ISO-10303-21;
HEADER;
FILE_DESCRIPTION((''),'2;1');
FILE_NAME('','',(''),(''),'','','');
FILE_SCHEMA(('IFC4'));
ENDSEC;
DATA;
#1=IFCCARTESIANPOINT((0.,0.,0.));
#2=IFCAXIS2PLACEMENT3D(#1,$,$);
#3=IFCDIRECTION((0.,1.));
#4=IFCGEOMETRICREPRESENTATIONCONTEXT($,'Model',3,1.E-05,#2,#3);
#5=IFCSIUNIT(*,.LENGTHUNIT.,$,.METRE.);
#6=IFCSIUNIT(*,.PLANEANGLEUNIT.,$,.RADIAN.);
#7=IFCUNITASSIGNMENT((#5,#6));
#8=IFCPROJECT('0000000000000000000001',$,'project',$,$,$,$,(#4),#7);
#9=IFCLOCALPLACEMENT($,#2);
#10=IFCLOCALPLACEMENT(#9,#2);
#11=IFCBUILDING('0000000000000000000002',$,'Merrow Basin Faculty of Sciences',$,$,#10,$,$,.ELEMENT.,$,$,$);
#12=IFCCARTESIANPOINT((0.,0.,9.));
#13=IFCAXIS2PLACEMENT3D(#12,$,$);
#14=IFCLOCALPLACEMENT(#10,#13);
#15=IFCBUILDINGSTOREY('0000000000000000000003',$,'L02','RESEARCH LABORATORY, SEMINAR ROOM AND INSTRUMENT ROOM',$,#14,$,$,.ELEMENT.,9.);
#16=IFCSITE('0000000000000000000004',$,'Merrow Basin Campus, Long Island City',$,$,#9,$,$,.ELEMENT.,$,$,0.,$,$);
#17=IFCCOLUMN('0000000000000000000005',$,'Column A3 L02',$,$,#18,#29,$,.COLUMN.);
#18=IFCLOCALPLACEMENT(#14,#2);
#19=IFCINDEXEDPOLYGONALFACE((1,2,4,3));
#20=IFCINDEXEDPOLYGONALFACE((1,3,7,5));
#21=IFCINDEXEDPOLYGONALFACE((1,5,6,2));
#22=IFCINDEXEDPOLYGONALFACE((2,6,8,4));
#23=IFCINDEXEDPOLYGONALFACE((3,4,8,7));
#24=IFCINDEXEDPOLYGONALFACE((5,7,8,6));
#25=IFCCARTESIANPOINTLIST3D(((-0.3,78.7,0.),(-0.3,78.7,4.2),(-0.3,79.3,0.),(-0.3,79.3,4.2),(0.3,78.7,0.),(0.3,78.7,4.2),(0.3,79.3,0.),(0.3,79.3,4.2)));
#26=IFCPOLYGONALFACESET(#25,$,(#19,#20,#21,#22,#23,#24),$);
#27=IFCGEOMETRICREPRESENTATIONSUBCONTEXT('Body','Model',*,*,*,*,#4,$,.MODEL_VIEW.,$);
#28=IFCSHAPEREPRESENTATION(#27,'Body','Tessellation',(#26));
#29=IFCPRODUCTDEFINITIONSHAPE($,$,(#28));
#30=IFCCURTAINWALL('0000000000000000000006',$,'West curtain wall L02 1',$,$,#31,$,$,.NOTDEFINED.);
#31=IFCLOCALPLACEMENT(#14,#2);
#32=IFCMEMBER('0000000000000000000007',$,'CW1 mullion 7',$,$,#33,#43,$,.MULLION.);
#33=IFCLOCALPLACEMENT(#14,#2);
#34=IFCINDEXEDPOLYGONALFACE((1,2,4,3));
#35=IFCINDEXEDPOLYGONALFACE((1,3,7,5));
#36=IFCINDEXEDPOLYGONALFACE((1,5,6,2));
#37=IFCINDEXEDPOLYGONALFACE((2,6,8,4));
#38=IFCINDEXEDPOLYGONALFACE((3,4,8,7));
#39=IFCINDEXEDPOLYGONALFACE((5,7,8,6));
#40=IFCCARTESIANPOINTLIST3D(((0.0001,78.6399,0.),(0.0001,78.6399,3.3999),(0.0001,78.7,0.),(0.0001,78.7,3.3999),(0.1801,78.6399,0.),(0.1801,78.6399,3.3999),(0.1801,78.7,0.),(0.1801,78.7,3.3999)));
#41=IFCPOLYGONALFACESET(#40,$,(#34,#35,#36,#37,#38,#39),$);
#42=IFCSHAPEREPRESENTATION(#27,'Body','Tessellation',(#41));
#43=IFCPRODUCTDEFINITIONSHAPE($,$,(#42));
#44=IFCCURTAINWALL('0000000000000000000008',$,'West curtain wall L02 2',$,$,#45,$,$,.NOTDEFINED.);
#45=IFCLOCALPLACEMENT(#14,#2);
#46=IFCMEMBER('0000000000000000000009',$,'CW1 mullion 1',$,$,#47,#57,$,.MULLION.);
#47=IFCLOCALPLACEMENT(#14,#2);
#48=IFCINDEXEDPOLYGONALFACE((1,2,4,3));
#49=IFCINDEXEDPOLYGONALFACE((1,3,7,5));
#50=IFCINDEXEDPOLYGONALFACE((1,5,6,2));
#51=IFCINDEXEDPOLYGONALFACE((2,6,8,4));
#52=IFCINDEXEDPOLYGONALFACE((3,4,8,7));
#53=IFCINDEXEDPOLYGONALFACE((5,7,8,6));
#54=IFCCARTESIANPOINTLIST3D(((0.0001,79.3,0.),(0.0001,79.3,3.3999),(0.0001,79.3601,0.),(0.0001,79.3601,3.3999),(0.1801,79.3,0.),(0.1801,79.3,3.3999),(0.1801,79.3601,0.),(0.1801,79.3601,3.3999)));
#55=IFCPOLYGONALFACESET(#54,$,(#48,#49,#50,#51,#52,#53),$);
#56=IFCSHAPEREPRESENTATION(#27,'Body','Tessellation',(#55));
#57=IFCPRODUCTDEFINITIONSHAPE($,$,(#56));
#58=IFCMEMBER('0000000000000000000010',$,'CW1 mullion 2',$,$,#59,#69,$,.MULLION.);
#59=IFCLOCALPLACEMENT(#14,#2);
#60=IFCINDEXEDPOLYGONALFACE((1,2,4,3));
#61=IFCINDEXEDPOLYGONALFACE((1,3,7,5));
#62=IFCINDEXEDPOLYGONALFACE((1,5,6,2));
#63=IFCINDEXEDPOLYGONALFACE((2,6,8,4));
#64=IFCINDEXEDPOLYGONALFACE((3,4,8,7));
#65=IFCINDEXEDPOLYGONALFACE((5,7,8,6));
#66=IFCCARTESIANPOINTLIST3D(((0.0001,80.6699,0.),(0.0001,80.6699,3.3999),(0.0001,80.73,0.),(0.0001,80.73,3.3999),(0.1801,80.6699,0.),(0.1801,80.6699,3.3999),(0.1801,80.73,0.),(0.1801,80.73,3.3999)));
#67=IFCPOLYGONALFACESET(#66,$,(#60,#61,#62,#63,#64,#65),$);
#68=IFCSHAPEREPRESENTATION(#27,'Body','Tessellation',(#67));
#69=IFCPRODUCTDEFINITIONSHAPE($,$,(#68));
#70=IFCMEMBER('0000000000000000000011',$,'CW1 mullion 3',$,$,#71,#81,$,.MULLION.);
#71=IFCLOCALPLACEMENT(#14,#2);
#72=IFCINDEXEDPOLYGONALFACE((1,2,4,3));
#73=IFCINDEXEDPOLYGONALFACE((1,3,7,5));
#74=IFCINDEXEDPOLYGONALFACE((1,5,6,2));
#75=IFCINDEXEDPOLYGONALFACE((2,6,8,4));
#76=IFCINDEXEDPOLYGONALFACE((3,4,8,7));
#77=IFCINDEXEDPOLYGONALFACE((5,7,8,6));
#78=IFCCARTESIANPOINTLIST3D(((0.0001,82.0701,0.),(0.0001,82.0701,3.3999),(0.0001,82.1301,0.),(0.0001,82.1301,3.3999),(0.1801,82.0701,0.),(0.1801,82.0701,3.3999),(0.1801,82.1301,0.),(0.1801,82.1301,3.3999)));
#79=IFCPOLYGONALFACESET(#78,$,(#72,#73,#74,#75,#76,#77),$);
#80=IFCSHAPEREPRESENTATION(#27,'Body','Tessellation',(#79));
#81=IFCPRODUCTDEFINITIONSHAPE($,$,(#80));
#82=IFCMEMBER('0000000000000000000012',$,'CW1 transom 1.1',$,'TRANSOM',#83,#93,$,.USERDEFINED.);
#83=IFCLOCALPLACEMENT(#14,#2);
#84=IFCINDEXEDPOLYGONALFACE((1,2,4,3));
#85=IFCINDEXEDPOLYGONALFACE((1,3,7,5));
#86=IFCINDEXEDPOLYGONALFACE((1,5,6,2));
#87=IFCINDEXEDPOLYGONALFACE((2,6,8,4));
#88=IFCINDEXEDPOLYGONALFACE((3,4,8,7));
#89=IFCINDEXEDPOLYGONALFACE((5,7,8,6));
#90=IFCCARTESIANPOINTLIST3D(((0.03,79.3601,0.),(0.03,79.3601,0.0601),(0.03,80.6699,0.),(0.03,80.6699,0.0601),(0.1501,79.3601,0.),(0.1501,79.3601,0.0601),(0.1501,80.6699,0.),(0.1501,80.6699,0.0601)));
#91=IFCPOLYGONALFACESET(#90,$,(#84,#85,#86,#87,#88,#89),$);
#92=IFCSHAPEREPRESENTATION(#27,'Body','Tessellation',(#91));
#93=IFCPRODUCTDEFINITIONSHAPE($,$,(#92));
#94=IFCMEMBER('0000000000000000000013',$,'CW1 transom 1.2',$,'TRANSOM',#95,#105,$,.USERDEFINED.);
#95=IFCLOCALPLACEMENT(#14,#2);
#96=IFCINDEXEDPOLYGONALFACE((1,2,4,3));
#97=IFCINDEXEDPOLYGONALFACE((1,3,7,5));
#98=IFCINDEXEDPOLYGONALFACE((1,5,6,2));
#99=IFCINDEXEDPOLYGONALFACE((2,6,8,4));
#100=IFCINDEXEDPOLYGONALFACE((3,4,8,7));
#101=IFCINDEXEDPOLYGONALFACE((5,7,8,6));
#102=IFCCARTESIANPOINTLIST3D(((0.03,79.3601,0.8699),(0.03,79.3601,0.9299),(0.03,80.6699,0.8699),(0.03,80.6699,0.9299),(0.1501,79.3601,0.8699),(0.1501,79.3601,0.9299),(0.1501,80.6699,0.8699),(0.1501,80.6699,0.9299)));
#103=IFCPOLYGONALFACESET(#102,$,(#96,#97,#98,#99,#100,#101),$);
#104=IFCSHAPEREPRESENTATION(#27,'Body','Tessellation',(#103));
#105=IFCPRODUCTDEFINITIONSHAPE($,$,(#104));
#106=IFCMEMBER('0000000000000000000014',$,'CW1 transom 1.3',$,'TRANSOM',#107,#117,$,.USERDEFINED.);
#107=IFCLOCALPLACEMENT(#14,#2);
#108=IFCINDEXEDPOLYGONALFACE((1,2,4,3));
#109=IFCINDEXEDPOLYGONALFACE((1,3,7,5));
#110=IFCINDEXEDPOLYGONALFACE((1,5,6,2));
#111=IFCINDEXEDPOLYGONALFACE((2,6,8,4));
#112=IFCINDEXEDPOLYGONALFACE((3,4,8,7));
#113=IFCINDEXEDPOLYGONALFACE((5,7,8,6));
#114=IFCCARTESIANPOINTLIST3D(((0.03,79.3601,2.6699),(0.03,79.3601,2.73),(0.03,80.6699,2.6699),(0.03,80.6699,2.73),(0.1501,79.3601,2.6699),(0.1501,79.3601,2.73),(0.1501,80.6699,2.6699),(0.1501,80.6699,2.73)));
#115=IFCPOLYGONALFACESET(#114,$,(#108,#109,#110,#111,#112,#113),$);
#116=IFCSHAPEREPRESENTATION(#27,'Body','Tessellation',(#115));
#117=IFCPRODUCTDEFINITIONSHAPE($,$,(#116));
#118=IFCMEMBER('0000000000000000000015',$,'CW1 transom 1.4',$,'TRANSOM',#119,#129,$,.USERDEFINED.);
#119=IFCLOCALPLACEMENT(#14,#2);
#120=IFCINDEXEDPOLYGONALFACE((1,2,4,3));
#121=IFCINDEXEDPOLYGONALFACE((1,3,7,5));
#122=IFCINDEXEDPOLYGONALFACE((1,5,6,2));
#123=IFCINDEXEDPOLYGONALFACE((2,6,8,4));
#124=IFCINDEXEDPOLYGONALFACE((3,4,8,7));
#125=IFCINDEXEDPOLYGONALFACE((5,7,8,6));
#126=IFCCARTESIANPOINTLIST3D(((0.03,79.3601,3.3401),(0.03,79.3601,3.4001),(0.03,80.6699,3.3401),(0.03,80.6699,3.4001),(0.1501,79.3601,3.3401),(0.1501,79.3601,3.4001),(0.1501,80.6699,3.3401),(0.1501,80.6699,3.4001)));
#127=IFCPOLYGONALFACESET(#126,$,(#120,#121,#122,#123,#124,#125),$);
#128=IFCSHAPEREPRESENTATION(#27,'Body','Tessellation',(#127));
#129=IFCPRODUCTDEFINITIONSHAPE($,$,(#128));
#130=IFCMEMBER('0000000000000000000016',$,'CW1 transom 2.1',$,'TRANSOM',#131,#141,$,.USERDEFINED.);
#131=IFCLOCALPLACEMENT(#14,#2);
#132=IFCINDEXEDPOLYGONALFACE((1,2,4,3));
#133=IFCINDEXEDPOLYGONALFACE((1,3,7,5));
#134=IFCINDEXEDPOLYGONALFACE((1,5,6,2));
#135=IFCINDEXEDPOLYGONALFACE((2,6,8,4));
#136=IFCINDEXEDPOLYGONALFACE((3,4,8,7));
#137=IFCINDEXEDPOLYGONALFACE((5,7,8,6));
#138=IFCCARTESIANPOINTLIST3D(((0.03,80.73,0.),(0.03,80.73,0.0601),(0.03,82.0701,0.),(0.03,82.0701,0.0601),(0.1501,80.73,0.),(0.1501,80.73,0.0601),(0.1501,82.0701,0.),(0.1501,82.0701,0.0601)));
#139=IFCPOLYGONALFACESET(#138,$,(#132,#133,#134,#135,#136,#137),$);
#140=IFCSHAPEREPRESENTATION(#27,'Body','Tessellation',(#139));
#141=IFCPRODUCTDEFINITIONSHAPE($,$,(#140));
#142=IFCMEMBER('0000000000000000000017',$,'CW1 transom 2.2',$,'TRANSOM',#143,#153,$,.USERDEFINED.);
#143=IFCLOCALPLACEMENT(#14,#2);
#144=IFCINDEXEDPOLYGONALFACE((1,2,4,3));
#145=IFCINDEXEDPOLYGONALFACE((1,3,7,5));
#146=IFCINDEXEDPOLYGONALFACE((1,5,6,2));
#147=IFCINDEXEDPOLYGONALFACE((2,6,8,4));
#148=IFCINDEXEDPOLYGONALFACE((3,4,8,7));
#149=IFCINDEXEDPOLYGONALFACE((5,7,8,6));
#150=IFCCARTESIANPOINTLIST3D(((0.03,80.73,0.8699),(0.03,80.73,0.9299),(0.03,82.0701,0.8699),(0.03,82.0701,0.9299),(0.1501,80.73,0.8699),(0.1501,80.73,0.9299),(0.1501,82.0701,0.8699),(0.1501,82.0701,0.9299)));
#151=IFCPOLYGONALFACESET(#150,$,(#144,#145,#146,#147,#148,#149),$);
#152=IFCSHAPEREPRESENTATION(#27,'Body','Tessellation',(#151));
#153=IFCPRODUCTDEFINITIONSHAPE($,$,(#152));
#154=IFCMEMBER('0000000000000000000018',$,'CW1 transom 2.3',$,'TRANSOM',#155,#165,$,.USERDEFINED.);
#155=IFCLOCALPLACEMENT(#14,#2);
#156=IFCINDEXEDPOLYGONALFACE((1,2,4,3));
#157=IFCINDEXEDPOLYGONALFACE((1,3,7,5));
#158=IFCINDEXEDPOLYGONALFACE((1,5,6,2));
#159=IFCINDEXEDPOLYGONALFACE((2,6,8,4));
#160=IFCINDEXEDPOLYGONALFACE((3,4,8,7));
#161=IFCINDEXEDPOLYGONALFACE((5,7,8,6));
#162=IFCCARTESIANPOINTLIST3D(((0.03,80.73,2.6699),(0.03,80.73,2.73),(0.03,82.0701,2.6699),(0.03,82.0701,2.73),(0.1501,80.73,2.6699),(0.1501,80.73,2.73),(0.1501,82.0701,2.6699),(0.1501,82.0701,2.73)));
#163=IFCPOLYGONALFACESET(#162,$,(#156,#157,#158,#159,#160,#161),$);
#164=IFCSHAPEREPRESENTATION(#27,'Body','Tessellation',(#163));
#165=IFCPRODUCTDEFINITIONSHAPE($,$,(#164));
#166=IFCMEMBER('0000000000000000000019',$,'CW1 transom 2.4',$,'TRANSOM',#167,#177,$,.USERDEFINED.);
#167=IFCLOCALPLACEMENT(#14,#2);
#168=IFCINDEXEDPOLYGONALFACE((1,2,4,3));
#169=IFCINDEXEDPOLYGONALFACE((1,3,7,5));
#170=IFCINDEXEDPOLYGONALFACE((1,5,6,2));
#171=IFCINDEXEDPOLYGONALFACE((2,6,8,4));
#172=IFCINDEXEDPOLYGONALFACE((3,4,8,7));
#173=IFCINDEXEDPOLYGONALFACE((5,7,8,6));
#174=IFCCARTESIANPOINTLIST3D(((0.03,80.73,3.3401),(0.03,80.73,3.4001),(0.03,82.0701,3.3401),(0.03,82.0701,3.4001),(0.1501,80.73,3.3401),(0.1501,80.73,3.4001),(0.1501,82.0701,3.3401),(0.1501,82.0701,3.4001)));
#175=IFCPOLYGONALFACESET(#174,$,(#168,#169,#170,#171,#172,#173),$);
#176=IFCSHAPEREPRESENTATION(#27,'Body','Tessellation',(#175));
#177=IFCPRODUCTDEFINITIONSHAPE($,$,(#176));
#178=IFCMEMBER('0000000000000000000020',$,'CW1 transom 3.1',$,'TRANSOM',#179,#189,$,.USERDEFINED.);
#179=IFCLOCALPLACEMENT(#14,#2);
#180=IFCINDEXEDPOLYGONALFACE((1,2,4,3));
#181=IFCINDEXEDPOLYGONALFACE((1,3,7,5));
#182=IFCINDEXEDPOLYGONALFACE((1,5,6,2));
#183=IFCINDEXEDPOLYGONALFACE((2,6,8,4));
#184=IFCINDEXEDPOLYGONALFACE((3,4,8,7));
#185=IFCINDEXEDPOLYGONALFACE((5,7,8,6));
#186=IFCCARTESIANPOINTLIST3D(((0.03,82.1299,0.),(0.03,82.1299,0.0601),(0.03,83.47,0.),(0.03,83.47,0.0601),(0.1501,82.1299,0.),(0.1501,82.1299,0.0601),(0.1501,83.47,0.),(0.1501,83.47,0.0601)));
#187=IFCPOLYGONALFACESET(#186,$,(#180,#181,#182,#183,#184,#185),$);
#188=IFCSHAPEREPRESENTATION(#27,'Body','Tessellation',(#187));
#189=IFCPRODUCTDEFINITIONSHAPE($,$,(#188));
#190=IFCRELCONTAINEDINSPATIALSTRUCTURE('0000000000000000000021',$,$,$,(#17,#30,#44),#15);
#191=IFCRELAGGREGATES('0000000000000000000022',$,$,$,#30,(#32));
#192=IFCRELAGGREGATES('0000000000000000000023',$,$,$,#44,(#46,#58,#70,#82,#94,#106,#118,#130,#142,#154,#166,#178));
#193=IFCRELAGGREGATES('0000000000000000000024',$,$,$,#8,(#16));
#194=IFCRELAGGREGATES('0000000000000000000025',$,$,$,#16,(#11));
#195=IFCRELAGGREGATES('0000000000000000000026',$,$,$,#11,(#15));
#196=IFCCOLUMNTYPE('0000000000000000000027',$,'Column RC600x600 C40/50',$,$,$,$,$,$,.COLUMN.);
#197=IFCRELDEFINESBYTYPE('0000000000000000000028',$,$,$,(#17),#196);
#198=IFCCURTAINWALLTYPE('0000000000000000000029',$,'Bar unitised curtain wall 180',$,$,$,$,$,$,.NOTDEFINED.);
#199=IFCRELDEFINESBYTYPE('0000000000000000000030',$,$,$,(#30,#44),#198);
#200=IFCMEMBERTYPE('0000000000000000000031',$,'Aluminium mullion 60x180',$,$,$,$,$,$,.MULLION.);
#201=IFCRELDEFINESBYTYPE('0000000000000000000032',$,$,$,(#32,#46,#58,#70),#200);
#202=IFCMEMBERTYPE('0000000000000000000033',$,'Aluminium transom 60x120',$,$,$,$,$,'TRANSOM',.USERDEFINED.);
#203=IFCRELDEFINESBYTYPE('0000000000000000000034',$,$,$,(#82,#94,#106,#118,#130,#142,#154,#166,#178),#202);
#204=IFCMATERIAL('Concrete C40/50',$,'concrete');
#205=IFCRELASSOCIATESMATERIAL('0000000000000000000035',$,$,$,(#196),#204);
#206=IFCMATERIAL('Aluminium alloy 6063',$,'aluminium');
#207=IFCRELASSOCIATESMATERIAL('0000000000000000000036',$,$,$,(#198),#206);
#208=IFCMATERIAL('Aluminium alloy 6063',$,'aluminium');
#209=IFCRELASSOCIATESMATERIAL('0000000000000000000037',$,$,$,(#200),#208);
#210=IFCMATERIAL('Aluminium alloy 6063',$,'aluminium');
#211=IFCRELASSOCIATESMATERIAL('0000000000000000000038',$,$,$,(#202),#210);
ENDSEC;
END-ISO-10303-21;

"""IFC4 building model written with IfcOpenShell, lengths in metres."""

from ifc_helpers import new_model, si_unit, direction, frame, origin, origin_2d, place, context, subcontext, project, spatial, rectangle, extrude, material, material_profile, profile_set, type_object, element, aggregate, save


model = new_model("IFC4")

# Units and contexts
model_context = context("Model", 3, precision=1e-05, world=origin(), true_north=direction((0.0, 1.0)))
body_context = subcontext(model_context, "Body", "Model", "MODEL_VIEW")
ifc_project = project(units=[si_unit("LENGTHUNIT", "METRE"), si_unit("PLANEANGLEUNIT", "RADIAN")], contexts=[model_context])

# Site, building, storey
site_placement = place(None, origin())
site = spatial("IfcSite", under=ifc_project, at=site_placement, Name="Merrow Basin Campus, Long Island City", CompositionType="ELEMENT", RefElevation=0.0)
building_placement = place(site_placement, origin())
building = spatial("IfcBuilding", under=site, at=building_placement, Name="Merrow Basin Faculty of Sciences", CompositionType="ELEMENT")
storey_placement = place(building_placement, frame((0.0, 0.0, 9.0)))
storey = spatial("IfcBuildingStorey", under=building, at=storey_placement, Name="L02", Description="RESEARCH LABORATORY, SEMINAR ROOM AND INSTRUMENT ROOM", CompositionType="ELEMENT", Elevation=9.0)

# Column
ifc_material_1 = material(Name="Concrete C40/50", Category="concrete")
ifc_material_profile_1 = material_profile(ifc_material_1, rectangle(XDim=0.6001, YDim=0.6001, at=origin_2d()))
ifc_profile_set_1 = profile_set([ifc_material_profile_1], Name="Concrete C40/50")
column_type = type_object("IfcColumnType", Name="Column RC600x600 C40/50", PredefinedType="COLUMN", material=ifc_profile_set_1)
column_placement = place(storey_placement, frame((0.0, 79.0, 0.0), z_axis=(0.0, 0.0, 1.0), x_axis=(1.0, 0.0, 0.0)))
element("IfcColumn", 1, at=column_placement, inside=storey, type_object=column_type, Name="Column A3 L02", PredefinedType="COLUMN", context=body_context, shape_type="SweptSolid", body=[
    extrude(rectangle(XDim=0.6001, YDim=0.6001, at=origin_2d()), origin(), (0.0, 0.0, 1.0), 4.2),
])

# Curtain wall, member
ifc_material_2 = material(Name="Aluminium alloy 6063", Category="aluminium")
curtain_wall_type = type_object("IfcCurtainWallType", Name="Bar unitised curtain wall 180", PredefinedType="NOTDEFINED", material=ifc_material_2)
curtain_wall_1_placement = place(storey_placement, origin())
curtain_wall_1 = element("IfcCurtainWall", 2, at=curtain_wall_1_placement, inside=storey, type_object=curtain_wall_type, Name="West curtain wall L02 1", PredefinedType="NOTDEFINED")
ifc_material_3 = material(Name="Aluminium alloy 6063", Category="aluminium")
ifc_material_profile_2 = material_profile(ifc_material_3, rectangle(XDim=0.1799, YDim=0.0601, at=origin_2d()))
ifc_profile_set_2 = profile_set([ifc_material_profile_2], Name="Aluminium alloy 6063")
member_type_1 = type_object("IfcMemberType", Name="Aluminium mullion 60x180", PredefinedType="MULLION", material=ifc_profile_set_2)
member_1_placement = place(storey_placement, frame((0.0901, 78.6699, 0.0), z_axis=(0.0, 0.0, 1.0), x_axis=(-1.0, 0.0, 0.0)))
member_1 = element("IfcMember", 3, at=member_1_placement, type_object=member_type_1, Name="CW1 mullion 7", PredefinedType="MULLION", context=body_context, shape_type="SweptSolid", body=[
    extrude(rectangle(XDim=0.1799, YDim=0.0601, at=origin_2d()), origin(), (0.0, 0.0, 1.0), 3.3999),
])
aggregate(curtain_wall_1, [member_1])

# Curtain wall, members
curtain_wall_2_placement = place(storey_placement, origin())
curtain_wall_2 = element("IfcCurtainWall", 4, at=curtain_wall_2_placement, inside=storey, type_object=curtain_wall_type, Name="West curtain wall L02 2", PredefinedType="NOTDEFINED")
member_2_placement = place(storey_placement, frame((0.0901, 79.3301, 0.0), z_axis=(0.0, 0.0, 1.0), x_axis=(-1.0, 0.0, 0.0)))
member_2 = element("IfcMember", 5, at=member_2_placement, type_object=member_type_1, Name="CW1 mullion 1", PredefinedType="MULLION", context=body_context, shape_type="SweptSolid", body=[
    extrude(rectangle(XDim=0.1799, YDim=0.0601, at=origin_2d()), origin(), (0.0, 0.0, 1.0), 3.3999),
])
member_3_placement = place(storey_placement, frame((0.0901, 80.7, 0.0), z_axis=(0.0, 0.0, 1.0), x_axis=(-1.0, 0.0, 0.0)))
member_3 = element("IfcMember", 6, at=member_3_placement, type_object=member_type_1, Name="CW1 mullion 2", PredefinedType="MULLION", context=body_context, shape_type="SweptSolid", body=[
    extrude(rectangle(XDim=0.1799, YDim=0.0601, at=origin_2d()), origin(), (0.0, 0.0, 1.0), 3.3999),
])
member_4_placement = place(storey_placement, frame((0.0901, 82.1001, 0.0), z_axis=(0.0, 0.0, 1.0), x_axis=(-1.0, 0.0, 0.0)))
member_4 = element("IfcMember", 7, at=member_4_placement, type_object=member_type_1, Name="CW1 mullion 3", PredefinedType="MULLION", context=body_context, shape_type="SweptSolid", body=[
    extrude(rectangle(XDim=0.1799, YDim=0.0601, at=origin_2d()), origin(), (0.0, 0.0, 1.0), 3.3999),
])
ifc_material_4 = material(Name="Aluminium alloy 6063", Category="aluminium")
ifc_material_profile_3 = material_profile(ifc_material_4, rectangle(XDim=0.1201, YDim=0.0601, at=origin_2d()))
ifc_profile_set_3 = profile_set([ifc_material_profile_3], Name="Aluminium alloy 6063")
member_type_2 = type_object("IfcMemberType", Name="Aluminium transom 60x120", ElementType="TRANSOM", PredefinedType="USERDEFINED", material=ifc_profile_set_3)
member_5_placement = place(storey_placement, frame((0.0901, 79.3601, 0.03), z_axis=(0.0, 1.0, 0.0), x_axis=(-1.0, 0.0, 0.0)))
member_5 = element("IfcMember", 8, at=member_5_placement, type_object=member_type_2, Name="CW1 transom 1.1", ObjectType="TRANSOM", PredefinedType="USERDEFINED", context=body_context, shape_type="SweptSolid", body=[
    extrude(rectangle(XDim=0.1201, YDim=0.0601, at=origin_2d()), origin(), (0.0, 0.0, 1.0), 1.3098),
])
member_6_placement = place(storey_placement, frame((0.0901, 79.3601, 0.8999), z_axis=(0.0, 1.0, 0.0), x_axis=(-1.0, 0.0, 0.0)))
member_6 = element("IfcMember", 9, at=member_6_placement, type_object=member_type_2, Name="CW1 transom 1.2", ObjectType="TRANSOM", PredefinedType="USERDEFINED", context=body_context, shape_type="SweptSolid", body=[
    extrude(rectangle(XDim=0.1201, YDim=0.0601, at=origin_2d()), origin(), (0.0, 0.0, 1.0), 1.3098),
])
member_7_placement = place(storey_placement, frame((0.0901, 79.3601, 2.7), z_axis=(0.0, 1.0, 0.0), x_axis=(-1.0, 0.0, 0.0)))
member_7 = element("IfcMember", 10, at=member_7_placement, type_object=member_type_2, Name="CW1 transom 1.3", ObjectType="TRANSOM", PredefinedType="USERDEFINED", context=body_context, shape_type="SweptSolid", body=[
    extrude(rectangle(XDim=0.1201, YDim=0.0601, at=origin_2d()), origin(), (0.0, 0.0, 1.0), 1.3098),
])
member_8_placement = place(storey_placement, frame((0.0901, 79.3601, 3.3701), z_axis=(0.0, 1.0, 0.0), x_axis=(-1.0, 0.0, 0.0)))
member_8 = element("IfcMember", 11, at=member_8_placement, type_object=member_type_2, Name="CW1 transom 1.4", ObjectType="TRANSOM", PredefinedType="USERDEFINED", context=body_context, shape_type="SweptSolid", body=[
    extrude(rectangle(XDim=0.1201, YDim=0.0601, at=origin_2d()), origin(), (0.0, 0.0, 1.0), 1.3098),
])
member_9_placement = place(storey_placement, frame((0.0901, 80.73, 0.03), z_axis=(0.0, 1.0, 0.0), x_axis=(-1.0, 0.0, 0.0)))
member_9 = element("IfcMember", 12, at=member_9_placement, type_object=member_type_2, Name="CW1 transom 2.1", ObjectType="TRANSOM", PredefinedType="USERDEFINED", context=body_context, shape_type="SweptSolid", body=[
    extrude(rectangle(XDim=0.1201, YDim=0.0601, at=origin_2d()), origin(), (0.0, 0.0, 1.0), 1.3401),
])
member_10_placement = place(storey_placement, frame((0.0901, 80.73, 0.8999), z_axis=(0.0, 1.0, 0.0), x_axis=(-1.0, 0.0, 0.0)))
member_10 = element("IfcMember", 13, at=member_10_placement, type_object=member_type_2, Name="CW1 transom 2.2", ObjectType="TRANSOM", PredefinedType="USERDEFINED", context=body_context, shape_type="SweptSolid", body=[
    extrude(rectangle(XDim=0.1201, YDim=0.0601, at=origin_2d()), origin(), (0.0, 0.0, 1.0), 1.3401),
])
member_11_placement = place(storey_placement, frame((0.0901, 80.73, 2.7), z_axis=(0.0, 1.0, 0.0), x_axis=(-1.0, 0.0, 0.0)))
member_11 = element("IfcMember", 14, at=member_11_placement, type_object=member_type_2, Name="CW1 transom 2.3", ObjectType="TRANSOM", PredefinedType="USERDEFINED", context=body_context, shape_type="SweptSolid", body=[
    extrude(rectangle(XDim=0.1201, YDim=0.0601, at=origin_2d()), origin(), (0.0, 0.0, 1.0), 1.3401),
])
member_12_placement = place(storey_placement, frame((0.0901, 80.73, 3.3701), z_axis=(0.0, 1.0, 0.0), x_axis=(-1.0, 0.0, 0.0)))
member_12 = element("IfcMember", 15, at=member_12_placement, type_object=member_type_2, Name="CW1 transom 2.4", ObjectType="TRANSOM", PredefinedType="USERDEFINED", context=body_context, shape_type="SweptSolid", body=[
    extrude(rectangle(XDim=0.1201, YDim=0.0601, at=origin_2d()), origin(), (0.0, 0.0, 1.0), 1.3401),
])
member_13_placement = place(storey_placement, frame((0.0901, 82.1299, 0.03), z_axis=(0.0, 1.0, 0.0), x_axis=(-1.0, 0.0, 0.0)))
member_13 = element("IfcMember", 16, at=member_13_placement, type_object=member_type_2, Name="CW1 transom 3.1", ObjectType="TRANSOM", PredefinedType="USERDEFINED", context=body_context, shape_type="SweptSolid", body=[
    extrude(rectangle(XDim=0.1201, YDim=0.0601, at=origin_2d()), origin(), (0.0, 0.0, 1.0), 1.3401),
])

aggregate(curtain_wall_2, [member_2, member_3, member_4, member_5, member_6, member_7, member_8, member_9, member_10, member_11, member_12, member_13])

save(model, "model.ifc")
